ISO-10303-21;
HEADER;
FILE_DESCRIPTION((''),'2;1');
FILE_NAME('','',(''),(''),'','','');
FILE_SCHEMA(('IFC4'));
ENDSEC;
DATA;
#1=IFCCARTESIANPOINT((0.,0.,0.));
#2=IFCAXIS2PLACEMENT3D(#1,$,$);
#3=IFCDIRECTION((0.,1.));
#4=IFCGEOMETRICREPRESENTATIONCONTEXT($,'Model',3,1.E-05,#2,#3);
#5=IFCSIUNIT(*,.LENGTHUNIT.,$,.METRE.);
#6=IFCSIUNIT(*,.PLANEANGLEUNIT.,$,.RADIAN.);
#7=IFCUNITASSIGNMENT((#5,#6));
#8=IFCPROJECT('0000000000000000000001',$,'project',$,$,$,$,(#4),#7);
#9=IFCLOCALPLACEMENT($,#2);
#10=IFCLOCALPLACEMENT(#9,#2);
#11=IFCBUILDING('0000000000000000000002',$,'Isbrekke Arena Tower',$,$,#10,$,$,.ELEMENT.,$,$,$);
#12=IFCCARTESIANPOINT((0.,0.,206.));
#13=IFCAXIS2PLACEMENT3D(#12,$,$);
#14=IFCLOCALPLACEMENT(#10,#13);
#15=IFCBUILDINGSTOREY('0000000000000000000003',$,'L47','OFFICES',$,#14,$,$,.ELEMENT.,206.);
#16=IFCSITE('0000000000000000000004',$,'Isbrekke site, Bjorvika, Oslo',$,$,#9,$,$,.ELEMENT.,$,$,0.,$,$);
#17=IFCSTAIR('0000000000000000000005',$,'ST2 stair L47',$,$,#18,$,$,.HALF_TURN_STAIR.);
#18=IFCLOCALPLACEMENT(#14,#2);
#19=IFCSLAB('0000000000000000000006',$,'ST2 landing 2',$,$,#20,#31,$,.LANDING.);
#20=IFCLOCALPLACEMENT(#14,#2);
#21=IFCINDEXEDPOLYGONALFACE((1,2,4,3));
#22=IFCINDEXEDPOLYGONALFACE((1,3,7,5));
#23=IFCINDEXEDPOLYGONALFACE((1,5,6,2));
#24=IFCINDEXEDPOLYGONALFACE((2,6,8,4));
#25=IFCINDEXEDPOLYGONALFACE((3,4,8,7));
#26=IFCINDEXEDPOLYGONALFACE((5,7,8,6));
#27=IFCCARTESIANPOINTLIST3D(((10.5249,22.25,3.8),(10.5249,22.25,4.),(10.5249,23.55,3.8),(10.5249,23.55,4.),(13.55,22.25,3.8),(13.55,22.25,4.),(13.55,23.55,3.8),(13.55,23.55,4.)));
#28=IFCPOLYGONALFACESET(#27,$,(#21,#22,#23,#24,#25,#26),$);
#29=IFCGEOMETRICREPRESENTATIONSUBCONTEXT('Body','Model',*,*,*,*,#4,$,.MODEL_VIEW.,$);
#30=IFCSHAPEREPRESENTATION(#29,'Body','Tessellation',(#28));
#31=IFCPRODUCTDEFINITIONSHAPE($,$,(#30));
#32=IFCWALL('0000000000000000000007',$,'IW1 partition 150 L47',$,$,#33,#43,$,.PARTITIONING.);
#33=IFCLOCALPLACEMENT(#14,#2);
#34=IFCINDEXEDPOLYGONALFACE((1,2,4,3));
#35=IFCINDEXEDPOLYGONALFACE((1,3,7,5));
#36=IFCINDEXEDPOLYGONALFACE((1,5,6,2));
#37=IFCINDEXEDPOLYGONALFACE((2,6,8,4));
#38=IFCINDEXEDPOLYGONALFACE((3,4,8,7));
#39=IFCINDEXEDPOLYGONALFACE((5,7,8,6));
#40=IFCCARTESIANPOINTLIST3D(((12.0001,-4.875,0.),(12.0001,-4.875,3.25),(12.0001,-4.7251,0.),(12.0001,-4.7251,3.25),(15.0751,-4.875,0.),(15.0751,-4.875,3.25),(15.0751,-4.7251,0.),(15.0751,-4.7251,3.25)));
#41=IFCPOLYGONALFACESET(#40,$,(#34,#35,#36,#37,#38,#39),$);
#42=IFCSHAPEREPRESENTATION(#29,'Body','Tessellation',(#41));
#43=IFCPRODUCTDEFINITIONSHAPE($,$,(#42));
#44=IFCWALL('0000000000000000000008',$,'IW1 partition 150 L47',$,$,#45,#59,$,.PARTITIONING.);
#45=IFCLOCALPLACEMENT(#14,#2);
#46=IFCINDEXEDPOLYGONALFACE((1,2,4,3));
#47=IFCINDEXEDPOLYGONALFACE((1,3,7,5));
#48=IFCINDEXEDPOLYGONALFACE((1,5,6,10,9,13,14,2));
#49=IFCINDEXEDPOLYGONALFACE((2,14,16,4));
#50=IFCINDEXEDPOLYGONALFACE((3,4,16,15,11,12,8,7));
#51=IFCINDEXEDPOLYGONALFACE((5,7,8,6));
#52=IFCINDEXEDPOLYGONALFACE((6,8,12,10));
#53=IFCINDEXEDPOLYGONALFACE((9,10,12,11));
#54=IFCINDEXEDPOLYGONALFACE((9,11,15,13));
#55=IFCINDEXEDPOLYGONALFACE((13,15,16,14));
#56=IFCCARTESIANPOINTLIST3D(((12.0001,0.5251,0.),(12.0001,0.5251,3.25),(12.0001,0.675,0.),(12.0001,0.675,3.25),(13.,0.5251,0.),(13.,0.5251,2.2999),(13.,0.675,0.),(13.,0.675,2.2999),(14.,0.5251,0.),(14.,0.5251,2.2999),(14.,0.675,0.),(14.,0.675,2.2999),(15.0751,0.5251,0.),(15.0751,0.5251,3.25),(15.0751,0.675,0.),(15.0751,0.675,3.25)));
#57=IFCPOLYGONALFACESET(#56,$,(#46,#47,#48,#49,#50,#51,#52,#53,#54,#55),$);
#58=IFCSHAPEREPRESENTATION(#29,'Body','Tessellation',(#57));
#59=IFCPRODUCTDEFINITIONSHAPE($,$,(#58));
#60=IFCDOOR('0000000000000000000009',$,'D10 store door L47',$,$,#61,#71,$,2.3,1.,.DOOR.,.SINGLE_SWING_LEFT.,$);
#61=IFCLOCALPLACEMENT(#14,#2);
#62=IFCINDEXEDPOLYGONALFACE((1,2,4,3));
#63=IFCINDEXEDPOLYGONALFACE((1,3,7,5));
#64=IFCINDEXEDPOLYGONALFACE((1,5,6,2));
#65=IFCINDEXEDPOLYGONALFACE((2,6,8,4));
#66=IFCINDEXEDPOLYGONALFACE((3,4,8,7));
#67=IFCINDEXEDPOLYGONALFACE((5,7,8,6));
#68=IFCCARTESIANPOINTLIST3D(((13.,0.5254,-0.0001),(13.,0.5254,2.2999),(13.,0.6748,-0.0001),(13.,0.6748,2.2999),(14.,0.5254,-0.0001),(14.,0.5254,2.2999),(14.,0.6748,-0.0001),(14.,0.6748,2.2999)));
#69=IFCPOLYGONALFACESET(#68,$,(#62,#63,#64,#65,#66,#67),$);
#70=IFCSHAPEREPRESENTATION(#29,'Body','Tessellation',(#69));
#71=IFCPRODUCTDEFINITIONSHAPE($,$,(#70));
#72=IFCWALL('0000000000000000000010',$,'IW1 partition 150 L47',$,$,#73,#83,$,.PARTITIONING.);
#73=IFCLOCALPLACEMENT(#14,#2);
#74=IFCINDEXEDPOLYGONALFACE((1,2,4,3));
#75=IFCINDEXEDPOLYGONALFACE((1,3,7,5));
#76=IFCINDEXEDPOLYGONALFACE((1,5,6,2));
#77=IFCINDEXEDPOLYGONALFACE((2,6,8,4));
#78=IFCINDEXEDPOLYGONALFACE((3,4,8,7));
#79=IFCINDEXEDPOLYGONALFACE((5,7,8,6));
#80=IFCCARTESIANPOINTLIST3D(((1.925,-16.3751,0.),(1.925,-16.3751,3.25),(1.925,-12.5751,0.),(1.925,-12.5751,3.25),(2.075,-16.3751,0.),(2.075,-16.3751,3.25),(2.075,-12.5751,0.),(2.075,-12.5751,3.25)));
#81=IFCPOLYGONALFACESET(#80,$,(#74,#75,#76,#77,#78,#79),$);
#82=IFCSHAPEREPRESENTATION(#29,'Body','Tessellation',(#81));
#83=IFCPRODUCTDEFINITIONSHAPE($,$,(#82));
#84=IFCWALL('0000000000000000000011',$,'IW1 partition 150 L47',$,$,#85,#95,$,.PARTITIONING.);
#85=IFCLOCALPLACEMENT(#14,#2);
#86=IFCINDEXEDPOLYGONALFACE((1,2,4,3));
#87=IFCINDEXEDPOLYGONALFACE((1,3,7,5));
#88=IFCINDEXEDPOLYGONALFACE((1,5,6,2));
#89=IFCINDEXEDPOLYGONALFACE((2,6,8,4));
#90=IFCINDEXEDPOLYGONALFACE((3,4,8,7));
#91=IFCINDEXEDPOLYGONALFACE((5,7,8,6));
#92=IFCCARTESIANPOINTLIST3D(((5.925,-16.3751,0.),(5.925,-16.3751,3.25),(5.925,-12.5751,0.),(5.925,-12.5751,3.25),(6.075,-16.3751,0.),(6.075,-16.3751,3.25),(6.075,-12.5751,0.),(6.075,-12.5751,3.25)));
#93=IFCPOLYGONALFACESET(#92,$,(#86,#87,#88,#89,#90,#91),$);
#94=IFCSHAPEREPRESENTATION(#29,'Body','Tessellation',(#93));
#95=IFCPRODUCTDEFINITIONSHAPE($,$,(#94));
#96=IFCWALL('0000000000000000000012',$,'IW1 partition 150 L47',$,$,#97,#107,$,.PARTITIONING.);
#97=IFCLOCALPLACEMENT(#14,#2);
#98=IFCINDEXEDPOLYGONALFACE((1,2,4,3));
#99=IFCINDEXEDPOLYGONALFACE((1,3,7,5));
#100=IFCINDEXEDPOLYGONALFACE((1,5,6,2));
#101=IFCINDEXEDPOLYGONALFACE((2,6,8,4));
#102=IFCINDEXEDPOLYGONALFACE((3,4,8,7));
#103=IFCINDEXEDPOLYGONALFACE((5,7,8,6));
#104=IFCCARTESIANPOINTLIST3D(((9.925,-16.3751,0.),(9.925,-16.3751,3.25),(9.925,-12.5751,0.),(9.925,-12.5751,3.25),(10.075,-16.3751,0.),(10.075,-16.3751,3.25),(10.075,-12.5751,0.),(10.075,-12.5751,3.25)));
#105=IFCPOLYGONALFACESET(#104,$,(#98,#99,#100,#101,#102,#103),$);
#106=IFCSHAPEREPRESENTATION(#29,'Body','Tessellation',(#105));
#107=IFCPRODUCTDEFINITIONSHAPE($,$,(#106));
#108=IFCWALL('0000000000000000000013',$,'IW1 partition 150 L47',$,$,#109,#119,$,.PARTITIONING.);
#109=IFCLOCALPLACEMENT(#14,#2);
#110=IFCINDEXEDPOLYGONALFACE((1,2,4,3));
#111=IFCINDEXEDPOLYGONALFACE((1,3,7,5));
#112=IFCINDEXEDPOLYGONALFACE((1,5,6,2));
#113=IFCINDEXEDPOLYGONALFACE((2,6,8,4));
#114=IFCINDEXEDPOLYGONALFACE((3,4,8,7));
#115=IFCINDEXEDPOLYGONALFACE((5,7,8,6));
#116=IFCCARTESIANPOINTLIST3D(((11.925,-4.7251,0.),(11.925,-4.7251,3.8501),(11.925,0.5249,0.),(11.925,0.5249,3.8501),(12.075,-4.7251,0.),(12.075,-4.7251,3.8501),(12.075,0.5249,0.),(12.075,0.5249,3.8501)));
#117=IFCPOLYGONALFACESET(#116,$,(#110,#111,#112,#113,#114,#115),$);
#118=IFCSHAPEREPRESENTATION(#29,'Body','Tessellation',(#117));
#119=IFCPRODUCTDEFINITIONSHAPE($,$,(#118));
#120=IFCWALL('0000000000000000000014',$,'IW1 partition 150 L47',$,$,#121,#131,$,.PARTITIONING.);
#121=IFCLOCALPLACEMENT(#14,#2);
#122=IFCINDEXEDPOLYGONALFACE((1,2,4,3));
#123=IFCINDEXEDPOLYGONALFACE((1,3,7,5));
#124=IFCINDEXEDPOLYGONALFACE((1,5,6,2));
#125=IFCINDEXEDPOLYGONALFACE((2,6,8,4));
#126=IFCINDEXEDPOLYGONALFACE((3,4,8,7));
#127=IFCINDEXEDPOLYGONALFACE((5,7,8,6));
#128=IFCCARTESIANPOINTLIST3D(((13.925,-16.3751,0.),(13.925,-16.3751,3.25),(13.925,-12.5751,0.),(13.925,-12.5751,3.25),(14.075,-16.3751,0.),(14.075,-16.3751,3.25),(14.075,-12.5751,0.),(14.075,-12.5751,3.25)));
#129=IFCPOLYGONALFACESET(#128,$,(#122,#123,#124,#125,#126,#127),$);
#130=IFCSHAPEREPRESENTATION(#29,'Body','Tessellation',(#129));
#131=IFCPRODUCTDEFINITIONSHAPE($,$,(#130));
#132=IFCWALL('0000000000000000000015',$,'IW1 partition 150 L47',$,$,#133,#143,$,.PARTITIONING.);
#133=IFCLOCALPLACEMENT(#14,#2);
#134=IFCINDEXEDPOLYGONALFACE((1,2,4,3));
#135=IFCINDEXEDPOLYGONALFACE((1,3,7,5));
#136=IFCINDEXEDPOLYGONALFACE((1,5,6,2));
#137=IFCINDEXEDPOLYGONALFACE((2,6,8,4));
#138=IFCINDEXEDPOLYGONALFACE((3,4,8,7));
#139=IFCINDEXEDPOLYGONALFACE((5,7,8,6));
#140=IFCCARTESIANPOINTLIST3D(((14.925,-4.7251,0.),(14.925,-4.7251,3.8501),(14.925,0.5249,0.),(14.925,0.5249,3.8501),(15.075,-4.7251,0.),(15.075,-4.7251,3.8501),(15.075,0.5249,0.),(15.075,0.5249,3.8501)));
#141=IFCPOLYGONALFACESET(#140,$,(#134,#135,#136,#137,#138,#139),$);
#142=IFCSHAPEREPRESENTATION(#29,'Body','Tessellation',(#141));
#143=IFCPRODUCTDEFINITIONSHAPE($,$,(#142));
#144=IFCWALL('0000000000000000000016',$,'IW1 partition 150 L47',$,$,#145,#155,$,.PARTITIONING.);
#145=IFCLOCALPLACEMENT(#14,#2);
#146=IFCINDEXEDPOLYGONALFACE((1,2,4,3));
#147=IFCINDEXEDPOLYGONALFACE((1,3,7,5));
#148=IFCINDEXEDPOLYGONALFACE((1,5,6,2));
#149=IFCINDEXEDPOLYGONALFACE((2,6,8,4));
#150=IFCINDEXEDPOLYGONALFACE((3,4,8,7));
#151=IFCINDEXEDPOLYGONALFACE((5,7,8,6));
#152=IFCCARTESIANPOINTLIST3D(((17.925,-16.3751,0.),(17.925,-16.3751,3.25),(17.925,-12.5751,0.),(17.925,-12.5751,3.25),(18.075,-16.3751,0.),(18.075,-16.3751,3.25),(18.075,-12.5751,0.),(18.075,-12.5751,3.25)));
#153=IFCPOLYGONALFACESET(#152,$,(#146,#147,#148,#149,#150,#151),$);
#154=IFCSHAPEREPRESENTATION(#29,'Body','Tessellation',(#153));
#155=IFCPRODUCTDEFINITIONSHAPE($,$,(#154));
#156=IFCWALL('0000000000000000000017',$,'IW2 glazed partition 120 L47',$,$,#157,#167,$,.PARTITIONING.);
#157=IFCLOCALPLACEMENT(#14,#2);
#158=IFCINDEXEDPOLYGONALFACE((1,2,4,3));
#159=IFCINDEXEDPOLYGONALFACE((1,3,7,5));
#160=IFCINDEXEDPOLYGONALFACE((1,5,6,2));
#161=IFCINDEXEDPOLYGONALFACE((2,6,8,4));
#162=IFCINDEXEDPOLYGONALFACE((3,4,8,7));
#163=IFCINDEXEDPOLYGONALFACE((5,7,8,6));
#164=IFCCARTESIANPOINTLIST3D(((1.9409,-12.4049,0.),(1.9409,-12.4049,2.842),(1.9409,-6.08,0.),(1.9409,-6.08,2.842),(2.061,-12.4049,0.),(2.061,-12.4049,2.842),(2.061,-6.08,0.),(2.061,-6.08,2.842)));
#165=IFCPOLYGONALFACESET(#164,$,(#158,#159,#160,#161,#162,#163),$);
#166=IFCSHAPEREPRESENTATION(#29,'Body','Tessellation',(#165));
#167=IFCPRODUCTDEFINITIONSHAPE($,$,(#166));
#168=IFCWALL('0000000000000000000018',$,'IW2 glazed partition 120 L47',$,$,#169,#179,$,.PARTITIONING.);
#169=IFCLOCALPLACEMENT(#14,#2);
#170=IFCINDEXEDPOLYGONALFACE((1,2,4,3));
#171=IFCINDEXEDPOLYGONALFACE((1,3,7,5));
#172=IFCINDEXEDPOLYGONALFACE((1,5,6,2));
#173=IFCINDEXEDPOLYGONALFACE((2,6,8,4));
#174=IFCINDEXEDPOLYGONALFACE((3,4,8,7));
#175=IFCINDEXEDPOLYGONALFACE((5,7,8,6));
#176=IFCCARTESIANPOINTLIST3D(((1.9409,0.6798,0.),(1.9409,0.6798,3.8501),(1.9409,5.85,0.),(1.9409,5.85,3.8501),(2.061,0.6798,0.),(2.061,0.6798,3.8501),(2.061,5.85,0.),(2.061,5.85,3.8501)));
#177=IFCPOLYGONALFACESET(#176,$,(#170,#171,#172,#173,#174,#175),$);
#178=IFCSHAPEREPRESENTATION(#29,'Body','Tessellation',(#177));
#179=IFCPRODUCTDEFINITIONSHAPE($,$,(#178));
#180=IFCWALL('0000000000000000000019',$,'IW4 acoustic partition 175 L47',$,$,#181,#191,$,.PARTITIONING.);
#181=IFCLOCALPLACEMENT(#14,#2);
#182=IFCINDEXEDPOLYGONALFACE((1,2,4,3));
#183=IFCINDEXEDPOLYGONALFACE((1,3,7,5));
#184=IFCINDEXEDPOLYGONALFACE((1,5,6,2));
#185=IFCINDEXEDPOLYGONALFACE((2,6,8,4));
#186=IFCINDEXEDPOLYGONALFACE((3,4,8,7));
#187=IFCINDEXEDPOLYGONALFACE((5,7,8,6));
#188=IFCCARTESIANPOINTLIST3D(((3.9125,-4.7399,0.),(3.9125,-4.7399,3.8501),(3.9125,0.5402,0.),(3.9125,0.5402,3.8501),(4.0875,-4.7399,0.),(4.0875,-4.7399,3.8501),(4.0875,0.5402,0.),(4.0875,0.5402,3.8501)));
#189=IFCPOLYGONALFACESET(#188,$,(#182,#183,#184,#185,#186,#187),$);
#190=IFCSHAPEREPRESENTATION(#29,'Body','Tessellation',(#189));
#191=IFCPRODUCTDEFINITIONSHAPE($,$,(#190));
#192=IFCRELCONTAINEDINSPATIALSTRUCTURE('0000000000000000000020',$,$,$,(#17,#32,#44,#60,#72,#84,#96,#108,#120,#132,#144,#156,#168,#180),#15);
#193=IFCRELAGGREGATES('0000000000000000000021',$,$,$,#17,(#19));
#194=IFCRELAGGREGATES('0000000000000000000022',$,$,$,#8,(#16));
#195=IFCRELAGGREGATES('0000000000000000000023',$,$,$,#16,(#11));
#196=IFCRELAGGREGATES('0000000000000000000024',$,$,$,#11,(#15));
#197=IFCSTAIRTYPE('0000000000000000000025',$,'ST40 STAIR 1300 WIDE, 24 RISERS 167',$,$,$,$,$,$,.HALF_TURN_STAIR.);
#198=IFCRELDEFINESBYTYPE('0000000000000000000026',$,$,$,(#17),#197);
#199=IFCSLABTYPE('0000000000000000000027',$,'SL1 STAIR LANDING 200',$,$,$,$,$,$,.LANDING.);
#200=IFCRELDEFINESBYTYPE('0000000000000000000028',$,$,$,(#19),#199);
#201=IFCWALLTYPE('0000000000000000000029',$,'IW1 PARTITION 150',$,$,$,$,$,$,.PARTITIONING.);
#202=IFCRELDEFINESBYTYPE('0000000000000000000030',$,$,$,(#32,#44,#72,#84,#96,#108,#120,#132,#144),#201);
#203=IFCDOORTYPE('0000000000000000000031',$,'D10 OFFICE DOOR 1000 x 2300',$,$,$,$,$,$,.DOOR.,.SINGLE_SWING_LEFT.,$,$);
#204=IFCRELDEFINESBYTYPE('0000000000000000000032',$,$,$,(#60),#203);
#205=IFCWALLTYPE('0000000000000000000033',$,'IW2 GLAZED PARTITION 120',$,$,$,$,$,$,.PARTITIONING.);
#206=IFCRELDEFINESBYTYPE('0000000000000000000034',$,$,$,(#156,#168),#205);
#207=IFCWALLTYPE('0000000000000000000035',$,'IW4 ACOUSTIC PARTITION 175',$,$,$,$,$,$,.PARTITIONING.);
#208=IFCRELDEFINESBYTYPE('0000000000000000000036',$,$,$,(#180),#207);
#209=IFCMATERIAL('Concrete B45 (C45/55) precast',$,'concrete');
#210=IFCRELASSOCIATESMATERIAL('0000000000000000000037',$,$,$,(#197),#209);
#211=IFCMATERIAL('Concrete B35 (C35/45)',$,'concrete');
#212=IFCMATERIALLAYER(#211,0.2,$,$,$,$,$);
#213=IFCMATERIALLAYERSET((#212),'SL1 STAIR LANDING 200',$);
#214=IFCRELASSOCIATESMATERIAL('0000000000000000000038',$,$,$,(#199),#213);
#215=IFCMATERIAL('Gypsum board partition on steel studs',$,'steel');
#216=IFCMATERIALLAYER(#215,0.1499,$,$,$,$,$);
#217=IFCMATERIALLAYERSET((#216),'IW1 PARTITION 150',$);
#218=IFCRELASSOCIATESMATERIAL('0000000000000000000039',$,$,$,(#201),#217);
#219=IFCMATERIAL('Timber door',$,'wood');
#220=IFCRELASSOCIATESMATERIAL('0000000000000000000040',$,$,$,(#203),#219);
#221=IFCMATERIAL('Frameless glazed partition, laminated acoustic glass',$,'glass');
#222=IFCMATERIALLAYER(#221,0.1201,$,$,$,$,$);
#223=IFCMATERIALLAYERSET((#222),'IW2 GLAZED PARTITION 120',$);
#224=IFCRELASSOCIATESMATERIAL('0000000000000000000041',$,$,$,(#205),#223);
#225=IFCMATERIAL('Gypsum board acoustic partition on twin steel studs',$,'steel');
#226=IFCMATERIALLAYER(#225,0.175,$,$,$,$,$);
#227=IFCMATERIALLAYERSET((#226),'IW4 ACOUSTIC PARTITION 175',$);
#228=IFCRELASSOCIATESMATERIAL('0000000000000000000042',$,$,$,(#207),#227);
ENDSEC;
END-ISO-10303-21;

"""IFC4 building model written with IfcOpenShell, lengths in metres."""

from ifc_helpers import new_model, si_unit, direction, frame, frame_2d, origin, place, context, subcontext, project, spatial, polyline, rectangle, outline, extrude, material, layer, layer_set, type_object, element, fill, aggregate, save


model = new_model("IFC4")

# Units and contexts
model_context = context("Model", 3, precision=1e-05, world=origin(), true_north=direction((0.0, 1.0)))
body_context = subcontext(model_context, "Body", "Model", "MODEL_VIEW")
ifc_project = project(units=[si_unit("LENGTHUNIT", "METRE"), si_unit("PLANEANGLEUNIT", "RADIAN")], contexts=[model_context])

# Site, building, storey
site_placement = place(None, origin())
site = spatial("IfcSite", under=ifc_project, at=site_placement, Name="Isbrekke site, Bjorvika, Oslo", CompositionType="ELEMENT", RefElevation=0.0)
building_placement = place(site_placement, origin())
building = spatial("IfcBuilding", under=site, at=building_placement, Name="Isbrekke Arena Tower", CompositionType="ELEMENT")
storey_placement = place(building_placement, frame((0.0, 0.0, 206.0)))
storey = spatial("IfcBuildingStorey", under=building, at=storey_placement, Name="L47", Description="OFFICES", CompositionType="ELEMENT", Elevation=206.0)

# Stair, slab
ifc_material_1 = material(Name="Concrete B45 (C45/55) precast", Category="concrete")
stair_type = type_object("IfcStairType", Name="ST40 STAIR 1300 WIDE, 24 RISERS 167", PredefinedType="HALF_TURN_STAIR", material=ifc_material_1)
ifc_material_2 = material(Name="Concrete B35 (C35/45)", Category="concrete")
ifc_layer_1 = layer(ifc_material_2, 0.2)
ifc_layer_set_1 = layer_set([ifc_layer_1], Name="SL1 STAIR LANDING 200")
slab_type_1 = type_object("IfcSlabType", Name="SL1 STAIR LANDING 200", PredefinedType="LANDING", material=ifc_layer_set_1)
stair_1_placement = place(storey_placement, origin())
stair_1 = element("IfcStair", 1, at=stair_1_placement, inside=storey, type_object=stair_type, Name="ST2 stair L47", PredefinedType="HALF_TURN_STAIR")
slab_1_placement = place(storey_placement, frame((0.0, 0.0, 3.8)))
slab_1 = element("IfcSlab", 2, at=slab_1_placement, type_object=slab_type_1, Name="ST2 landing 2", PredefinedType="LANDING", context=body_context, shape_type="SweptSolid", body=[
    extrude(outline(polyline([(10.5249, 22.25), (13.55, 22.25), (13.55, 23.55), (10.5249, 23.55), (10.5249, 22.25)])), origin(), (0.0, 0.0, 1.0), 0.2),
])
aggregate(stair_1, [slab_1])

# Wall
ifc_material_3 = material(Name="Gypsum board partition on steel studs", Category="steel")
ifc_layer_2 = layer(ifc_material_3, 0.1499)
ifc_layer_set_2 = layer_set([ifc_layer_2], Name="IW1 PARTITION 150")
wall_type_1 = type_object("IfcWallType", Name="IW1 PARTITION 150", PredefinedType="PARTITIONING", material=ifc_layer_set_2)
wall_1_placement = place(storey_placement, frame((12.0, -4.8, 0.0), z_axis=(0.0, 0.0, 1.0), x_axis=(1.0, 0.0, 0.0)))
element("IfcWall", 3, at=wall_1_placement, inside=storey, type_object=wall_type_1, Name="IW1 partition 150 L47", PredefinedType="PARTITIONING", context=body_context, shape_type="SweptSolid", body=[
    extrude(rectangle(XDim=3.075, YDim=0.1499, at=frame_2d((1.5376, 0.0))), origin(), (0.0, 0.0, 1.0), 3.25),
])

# Wall, opening, door
wall_2_placement = place(storey_placement, frame((12.0, 0.6001, 0.0), z_axis=(0.0, 0.0, 1.0), x_axis=(1.0, 0.0, 0.0)))
wall_2 = element("IfcWall", 4, at=wall_2_placement, inside=storey, type_object=wall_type_1, Name="IW1 partition 150 L47", PredefinedType="PARTITIONING", context=body_context, shape_type="SweptSolid", body=[
    extrude(rectangle(XDim=3.075, YDim=0.1499, at=frame_2d((1.5376, 0.0))), origin(), (0.0, 0.0, 1.0), 3.25),
])
opening_placement = place(wall_2_placement, frame((1.0, 0.0, 0.0)))
opening = element("IfcOpeningElement", 5, at=opening_placement, cuts=wall_2, PredefinedType="OPENING", context=body_context, shape_type="SweptSolid", body=[
    extrude(rectangle(XDim=1.0, YDim=2.3, at=frame_2d((0.5, 1.1499))), frame((0.0, 0.0898, 0.0), z_axis=(0.0, -1.0, 0.0), x_axis=(1.0, 0.0, 0.0)), (0.0, 0.0, 1.0), 0.1797),
])
ifc_material_4 = material(Name="Timber door", Category="wood")
door_type = type_object("IfcDoorType", Name="D10 OFFICE DOOR 1000 x 2300", OperationType="SINGLE_SWING_LEFT", PredefinedType="DOOR", material=ifc_material_4)
door_placement = place(opening_placement, origin())
door = element("IfcDoor", 6, at=door_placement, inside=storey, type_object=door_type, Name="D10 store door L47", OperationType="SINGLE_SWING_LEFT", OverallHeight=2.3, OverallWidth=1.0, PredefinedType="DOOR", context=body_context, shape_type="SweptSolid", body=[
    extrude(rectangle(XDim=1.0, YDim=2.3, at=frame_2d((0.5, 1.1499))), frame((0.0, 0.0747, 0.0), z_axis=(0.0, -1.0, 0.0), x_axis=(1.0, 0.0, 0.0)), (0.0, 0.0, 1.0), 0.1494),
])
fill(opening, door)

# Walls
for number, where, z_axis, x_axis, name in (
    (7, (2.0, -16.375, 0.0), (0.0, 0.0, 1.0), (0.0, 1.0, 0.0), "IW1 partition 150 L47"),
    (8, (6.0, -16.375, 0.0), (0.0, 0.0, 1.0), (0.0, 1.0, 0.0), "IW1 partition 150 L47"),
    (9, (10.0, -16.375, 0.0), (0.0, 0.0, 1.0), (0.0, 1.0, 0.0), "IW1 partition 150 L47"),
):
    element("IfcWall", number, at=place(storey_placement, frame(where, z_axis=z_axis, x_axis=x_axis)), inside=storey, type_object=wall_type_1, Name=name, PredefinedType="PARTITIONING", context=body_context, shape_type="SweptSolid", body=[
        extrude(rectangle(XDim=3.8, YDim=0.1499, at=frame_2d((1.8999, 0.0))), origin(), (0.0, 0.0, 1.0), 3.25),
    ])
wall_3_placement = place(storey_placement, frame((12.0, -4.7251, 0.0), z_axis=(0.0, 0.0, 1.0), x_axis=(0.0, 1.0, 0.0)))
element("IfcWall", 10, at=wall_3_placement, inside=storey, type_object=wall_type_1, Name="IW1 partition 150 L47", PredefinedType="PARTITIONING", context=body_context, shape_type="SweptSolid", body=[
    extrude(rectangle(XDim=5.25, YDim=0.1499, at=frame_2d((2.625, 0.0))), origin(), (0.0, 0.0, 1.0), 3.8501),
])
wall_4_placement = place(storey_placement, frame((14.0, -16.375, 0.0), z_axis=(0.0, 0.0, 1.0), x_axis=(0.0, 1.0, 0.0)))
element("IfcWall", 11, at=wall_4_placement, inside=storey, type_object=wall_type_1, Name="IW1 partition 150 L47", PredefinedType="PARTITIONING", context=body_context, shape_type="SweptSolid", body=[
    extrude(rectangle(XDim=3.8, YDim=0.1499, at=frame_2d((1.8999, 0.0))), origin(), (0.0, 0.0, 1.0), 3.25),
])
wall_5_placement = place(storey_placement, frame((15.0, -4.7251, 0.0), z_axis=(0.0, 0.0, 1.0), x_axis=(0.0, 1.0, 0.0)))
element("IfcWall", 12, at=wall_5_placement, inside=storey, type_object=wall_type_1, Name="IW1 partition 150 L47", PredefinedType="PARTITIONING", context=body_context, shape_type="SweptSolid", body=[
    extrude(rectangle(XDim=5.25, YDim=0.1499, at=frame_2d((2.625, 0.0))), origin(), (0.0, 0.0, 1.0), 3.8501),
])
wall_6_placement = place(storey_placement, frame((18.0, -16.375, 0.0), z_axis=(0.0, 0.0, 1.0), x_axis=(0.0, 1.0, 0.0)))
element("IfcWall", 13, at=wall_6_placement, inside=storey, type_object=wall_type_1, Name="IW1 partition 150 L47", PredefinedType="PARTITIONING", context=body_context, shape_type="SweptSolid", body=[
    extrude(rectangle(XDim=3.8, YDim=0.1499, at=frame_2d((1.8999, 0.0))), origin(), (0.0, 0.0, 1.0), 3.25),
])
ifc_material_5 = material(Name="Frameless glazed partition, laminated acoustic glass", Category="glass")
ifc_layer_3 = layer(ifc_material_5, 0.1201)
ifc_layer_set_3 = layer_set([ifc_layer_3], Name="IW2 GLAZED PARTITION 120")
wall_type_2 = type_object("IfcWallType", Name="IW2 GLAZED PARTITION 120", PredefinedType="PARTITIONING", material=ifc_layer_set_3)
wall_7_placement = place(storey_placement, frame((2.001, -12.405, 0.0), z_axis=(0.0, 0.0, 1.0), x_axis=(0.0, 1.0, 0.0)))
element("IfcWall", 14, at=wall_7_placement, inside=storey, type_object=wall_type_2, Name="IW2 glazed partition 120 L47", PredefinedType="PARTITIONING", context=body_context, shape_type="SweptSolid", body=[
    extrude(rectangle(XDim=6.325, YDim=0.1201, at=frame_2d((3.1626, 0.0))), origin(), (0.0, 0.0, 1.0), 2.842),
])
wall_8_placement = place(storey_placement, frame((2.001, 0.6799, 0.0), z_axis=(0.0, 0.0, 1.0), x_axis=(0.0, 1.0, 0.0)))
element("IfcWall", 15, at=wall_8_placement, inside=storey, type_object=wall_type_2, Name="IW2 glazed partition 120 L47", PredefinedType="PARTITIONING", context=body_context, shape_type="SweptSolid", body=[
    extrude(rectangle(XDim=5.1702, YDim=0.1201, at=frame_2d((2.585, 0.0))), origin(), (0.0, 0.0, 1.0), 3.8501),
])
ifc_material_6 = material(Name="Gypsum board acoustic partition on twin steel studs", Category="steel")
ifc_layer_4 = layer(ifc_material_6, 0.175)
ifc_layer_set_4 = layer_set([ifc_layer_4], Name="IW4 ACOUSTIC PARTITION 175")
wall_type_3 = type_object("IfcWallType", Name="IW4 ACOUSTIC PARTITION 175", PredefinedType="PARTITIONING", material=ifc_layer_set_4)
wall_9_placement = place(storey_placement, frame((4.0, -4.74, 0.0), z_axis=(0.0, 0.0, 1.0), x_axis=(0.0, 1.0, 0.0)))
element("IfcWall", 16, at=wall_9_placement, inside=storey, type_object=wall_type_3, Name="IW4 acoustic partition 175 L47", PredefinedType="PARTITIONING", context=body_context, shape_type="SweptSolid", body=[
    extrude(rectangle(XDim=5.28, YDim=0.175, at=frame_2d((2.6401, 0.0))), origin(), (0.0, 0.0, 1.0), 3.8501),
])

save(model, "model.ifc")
